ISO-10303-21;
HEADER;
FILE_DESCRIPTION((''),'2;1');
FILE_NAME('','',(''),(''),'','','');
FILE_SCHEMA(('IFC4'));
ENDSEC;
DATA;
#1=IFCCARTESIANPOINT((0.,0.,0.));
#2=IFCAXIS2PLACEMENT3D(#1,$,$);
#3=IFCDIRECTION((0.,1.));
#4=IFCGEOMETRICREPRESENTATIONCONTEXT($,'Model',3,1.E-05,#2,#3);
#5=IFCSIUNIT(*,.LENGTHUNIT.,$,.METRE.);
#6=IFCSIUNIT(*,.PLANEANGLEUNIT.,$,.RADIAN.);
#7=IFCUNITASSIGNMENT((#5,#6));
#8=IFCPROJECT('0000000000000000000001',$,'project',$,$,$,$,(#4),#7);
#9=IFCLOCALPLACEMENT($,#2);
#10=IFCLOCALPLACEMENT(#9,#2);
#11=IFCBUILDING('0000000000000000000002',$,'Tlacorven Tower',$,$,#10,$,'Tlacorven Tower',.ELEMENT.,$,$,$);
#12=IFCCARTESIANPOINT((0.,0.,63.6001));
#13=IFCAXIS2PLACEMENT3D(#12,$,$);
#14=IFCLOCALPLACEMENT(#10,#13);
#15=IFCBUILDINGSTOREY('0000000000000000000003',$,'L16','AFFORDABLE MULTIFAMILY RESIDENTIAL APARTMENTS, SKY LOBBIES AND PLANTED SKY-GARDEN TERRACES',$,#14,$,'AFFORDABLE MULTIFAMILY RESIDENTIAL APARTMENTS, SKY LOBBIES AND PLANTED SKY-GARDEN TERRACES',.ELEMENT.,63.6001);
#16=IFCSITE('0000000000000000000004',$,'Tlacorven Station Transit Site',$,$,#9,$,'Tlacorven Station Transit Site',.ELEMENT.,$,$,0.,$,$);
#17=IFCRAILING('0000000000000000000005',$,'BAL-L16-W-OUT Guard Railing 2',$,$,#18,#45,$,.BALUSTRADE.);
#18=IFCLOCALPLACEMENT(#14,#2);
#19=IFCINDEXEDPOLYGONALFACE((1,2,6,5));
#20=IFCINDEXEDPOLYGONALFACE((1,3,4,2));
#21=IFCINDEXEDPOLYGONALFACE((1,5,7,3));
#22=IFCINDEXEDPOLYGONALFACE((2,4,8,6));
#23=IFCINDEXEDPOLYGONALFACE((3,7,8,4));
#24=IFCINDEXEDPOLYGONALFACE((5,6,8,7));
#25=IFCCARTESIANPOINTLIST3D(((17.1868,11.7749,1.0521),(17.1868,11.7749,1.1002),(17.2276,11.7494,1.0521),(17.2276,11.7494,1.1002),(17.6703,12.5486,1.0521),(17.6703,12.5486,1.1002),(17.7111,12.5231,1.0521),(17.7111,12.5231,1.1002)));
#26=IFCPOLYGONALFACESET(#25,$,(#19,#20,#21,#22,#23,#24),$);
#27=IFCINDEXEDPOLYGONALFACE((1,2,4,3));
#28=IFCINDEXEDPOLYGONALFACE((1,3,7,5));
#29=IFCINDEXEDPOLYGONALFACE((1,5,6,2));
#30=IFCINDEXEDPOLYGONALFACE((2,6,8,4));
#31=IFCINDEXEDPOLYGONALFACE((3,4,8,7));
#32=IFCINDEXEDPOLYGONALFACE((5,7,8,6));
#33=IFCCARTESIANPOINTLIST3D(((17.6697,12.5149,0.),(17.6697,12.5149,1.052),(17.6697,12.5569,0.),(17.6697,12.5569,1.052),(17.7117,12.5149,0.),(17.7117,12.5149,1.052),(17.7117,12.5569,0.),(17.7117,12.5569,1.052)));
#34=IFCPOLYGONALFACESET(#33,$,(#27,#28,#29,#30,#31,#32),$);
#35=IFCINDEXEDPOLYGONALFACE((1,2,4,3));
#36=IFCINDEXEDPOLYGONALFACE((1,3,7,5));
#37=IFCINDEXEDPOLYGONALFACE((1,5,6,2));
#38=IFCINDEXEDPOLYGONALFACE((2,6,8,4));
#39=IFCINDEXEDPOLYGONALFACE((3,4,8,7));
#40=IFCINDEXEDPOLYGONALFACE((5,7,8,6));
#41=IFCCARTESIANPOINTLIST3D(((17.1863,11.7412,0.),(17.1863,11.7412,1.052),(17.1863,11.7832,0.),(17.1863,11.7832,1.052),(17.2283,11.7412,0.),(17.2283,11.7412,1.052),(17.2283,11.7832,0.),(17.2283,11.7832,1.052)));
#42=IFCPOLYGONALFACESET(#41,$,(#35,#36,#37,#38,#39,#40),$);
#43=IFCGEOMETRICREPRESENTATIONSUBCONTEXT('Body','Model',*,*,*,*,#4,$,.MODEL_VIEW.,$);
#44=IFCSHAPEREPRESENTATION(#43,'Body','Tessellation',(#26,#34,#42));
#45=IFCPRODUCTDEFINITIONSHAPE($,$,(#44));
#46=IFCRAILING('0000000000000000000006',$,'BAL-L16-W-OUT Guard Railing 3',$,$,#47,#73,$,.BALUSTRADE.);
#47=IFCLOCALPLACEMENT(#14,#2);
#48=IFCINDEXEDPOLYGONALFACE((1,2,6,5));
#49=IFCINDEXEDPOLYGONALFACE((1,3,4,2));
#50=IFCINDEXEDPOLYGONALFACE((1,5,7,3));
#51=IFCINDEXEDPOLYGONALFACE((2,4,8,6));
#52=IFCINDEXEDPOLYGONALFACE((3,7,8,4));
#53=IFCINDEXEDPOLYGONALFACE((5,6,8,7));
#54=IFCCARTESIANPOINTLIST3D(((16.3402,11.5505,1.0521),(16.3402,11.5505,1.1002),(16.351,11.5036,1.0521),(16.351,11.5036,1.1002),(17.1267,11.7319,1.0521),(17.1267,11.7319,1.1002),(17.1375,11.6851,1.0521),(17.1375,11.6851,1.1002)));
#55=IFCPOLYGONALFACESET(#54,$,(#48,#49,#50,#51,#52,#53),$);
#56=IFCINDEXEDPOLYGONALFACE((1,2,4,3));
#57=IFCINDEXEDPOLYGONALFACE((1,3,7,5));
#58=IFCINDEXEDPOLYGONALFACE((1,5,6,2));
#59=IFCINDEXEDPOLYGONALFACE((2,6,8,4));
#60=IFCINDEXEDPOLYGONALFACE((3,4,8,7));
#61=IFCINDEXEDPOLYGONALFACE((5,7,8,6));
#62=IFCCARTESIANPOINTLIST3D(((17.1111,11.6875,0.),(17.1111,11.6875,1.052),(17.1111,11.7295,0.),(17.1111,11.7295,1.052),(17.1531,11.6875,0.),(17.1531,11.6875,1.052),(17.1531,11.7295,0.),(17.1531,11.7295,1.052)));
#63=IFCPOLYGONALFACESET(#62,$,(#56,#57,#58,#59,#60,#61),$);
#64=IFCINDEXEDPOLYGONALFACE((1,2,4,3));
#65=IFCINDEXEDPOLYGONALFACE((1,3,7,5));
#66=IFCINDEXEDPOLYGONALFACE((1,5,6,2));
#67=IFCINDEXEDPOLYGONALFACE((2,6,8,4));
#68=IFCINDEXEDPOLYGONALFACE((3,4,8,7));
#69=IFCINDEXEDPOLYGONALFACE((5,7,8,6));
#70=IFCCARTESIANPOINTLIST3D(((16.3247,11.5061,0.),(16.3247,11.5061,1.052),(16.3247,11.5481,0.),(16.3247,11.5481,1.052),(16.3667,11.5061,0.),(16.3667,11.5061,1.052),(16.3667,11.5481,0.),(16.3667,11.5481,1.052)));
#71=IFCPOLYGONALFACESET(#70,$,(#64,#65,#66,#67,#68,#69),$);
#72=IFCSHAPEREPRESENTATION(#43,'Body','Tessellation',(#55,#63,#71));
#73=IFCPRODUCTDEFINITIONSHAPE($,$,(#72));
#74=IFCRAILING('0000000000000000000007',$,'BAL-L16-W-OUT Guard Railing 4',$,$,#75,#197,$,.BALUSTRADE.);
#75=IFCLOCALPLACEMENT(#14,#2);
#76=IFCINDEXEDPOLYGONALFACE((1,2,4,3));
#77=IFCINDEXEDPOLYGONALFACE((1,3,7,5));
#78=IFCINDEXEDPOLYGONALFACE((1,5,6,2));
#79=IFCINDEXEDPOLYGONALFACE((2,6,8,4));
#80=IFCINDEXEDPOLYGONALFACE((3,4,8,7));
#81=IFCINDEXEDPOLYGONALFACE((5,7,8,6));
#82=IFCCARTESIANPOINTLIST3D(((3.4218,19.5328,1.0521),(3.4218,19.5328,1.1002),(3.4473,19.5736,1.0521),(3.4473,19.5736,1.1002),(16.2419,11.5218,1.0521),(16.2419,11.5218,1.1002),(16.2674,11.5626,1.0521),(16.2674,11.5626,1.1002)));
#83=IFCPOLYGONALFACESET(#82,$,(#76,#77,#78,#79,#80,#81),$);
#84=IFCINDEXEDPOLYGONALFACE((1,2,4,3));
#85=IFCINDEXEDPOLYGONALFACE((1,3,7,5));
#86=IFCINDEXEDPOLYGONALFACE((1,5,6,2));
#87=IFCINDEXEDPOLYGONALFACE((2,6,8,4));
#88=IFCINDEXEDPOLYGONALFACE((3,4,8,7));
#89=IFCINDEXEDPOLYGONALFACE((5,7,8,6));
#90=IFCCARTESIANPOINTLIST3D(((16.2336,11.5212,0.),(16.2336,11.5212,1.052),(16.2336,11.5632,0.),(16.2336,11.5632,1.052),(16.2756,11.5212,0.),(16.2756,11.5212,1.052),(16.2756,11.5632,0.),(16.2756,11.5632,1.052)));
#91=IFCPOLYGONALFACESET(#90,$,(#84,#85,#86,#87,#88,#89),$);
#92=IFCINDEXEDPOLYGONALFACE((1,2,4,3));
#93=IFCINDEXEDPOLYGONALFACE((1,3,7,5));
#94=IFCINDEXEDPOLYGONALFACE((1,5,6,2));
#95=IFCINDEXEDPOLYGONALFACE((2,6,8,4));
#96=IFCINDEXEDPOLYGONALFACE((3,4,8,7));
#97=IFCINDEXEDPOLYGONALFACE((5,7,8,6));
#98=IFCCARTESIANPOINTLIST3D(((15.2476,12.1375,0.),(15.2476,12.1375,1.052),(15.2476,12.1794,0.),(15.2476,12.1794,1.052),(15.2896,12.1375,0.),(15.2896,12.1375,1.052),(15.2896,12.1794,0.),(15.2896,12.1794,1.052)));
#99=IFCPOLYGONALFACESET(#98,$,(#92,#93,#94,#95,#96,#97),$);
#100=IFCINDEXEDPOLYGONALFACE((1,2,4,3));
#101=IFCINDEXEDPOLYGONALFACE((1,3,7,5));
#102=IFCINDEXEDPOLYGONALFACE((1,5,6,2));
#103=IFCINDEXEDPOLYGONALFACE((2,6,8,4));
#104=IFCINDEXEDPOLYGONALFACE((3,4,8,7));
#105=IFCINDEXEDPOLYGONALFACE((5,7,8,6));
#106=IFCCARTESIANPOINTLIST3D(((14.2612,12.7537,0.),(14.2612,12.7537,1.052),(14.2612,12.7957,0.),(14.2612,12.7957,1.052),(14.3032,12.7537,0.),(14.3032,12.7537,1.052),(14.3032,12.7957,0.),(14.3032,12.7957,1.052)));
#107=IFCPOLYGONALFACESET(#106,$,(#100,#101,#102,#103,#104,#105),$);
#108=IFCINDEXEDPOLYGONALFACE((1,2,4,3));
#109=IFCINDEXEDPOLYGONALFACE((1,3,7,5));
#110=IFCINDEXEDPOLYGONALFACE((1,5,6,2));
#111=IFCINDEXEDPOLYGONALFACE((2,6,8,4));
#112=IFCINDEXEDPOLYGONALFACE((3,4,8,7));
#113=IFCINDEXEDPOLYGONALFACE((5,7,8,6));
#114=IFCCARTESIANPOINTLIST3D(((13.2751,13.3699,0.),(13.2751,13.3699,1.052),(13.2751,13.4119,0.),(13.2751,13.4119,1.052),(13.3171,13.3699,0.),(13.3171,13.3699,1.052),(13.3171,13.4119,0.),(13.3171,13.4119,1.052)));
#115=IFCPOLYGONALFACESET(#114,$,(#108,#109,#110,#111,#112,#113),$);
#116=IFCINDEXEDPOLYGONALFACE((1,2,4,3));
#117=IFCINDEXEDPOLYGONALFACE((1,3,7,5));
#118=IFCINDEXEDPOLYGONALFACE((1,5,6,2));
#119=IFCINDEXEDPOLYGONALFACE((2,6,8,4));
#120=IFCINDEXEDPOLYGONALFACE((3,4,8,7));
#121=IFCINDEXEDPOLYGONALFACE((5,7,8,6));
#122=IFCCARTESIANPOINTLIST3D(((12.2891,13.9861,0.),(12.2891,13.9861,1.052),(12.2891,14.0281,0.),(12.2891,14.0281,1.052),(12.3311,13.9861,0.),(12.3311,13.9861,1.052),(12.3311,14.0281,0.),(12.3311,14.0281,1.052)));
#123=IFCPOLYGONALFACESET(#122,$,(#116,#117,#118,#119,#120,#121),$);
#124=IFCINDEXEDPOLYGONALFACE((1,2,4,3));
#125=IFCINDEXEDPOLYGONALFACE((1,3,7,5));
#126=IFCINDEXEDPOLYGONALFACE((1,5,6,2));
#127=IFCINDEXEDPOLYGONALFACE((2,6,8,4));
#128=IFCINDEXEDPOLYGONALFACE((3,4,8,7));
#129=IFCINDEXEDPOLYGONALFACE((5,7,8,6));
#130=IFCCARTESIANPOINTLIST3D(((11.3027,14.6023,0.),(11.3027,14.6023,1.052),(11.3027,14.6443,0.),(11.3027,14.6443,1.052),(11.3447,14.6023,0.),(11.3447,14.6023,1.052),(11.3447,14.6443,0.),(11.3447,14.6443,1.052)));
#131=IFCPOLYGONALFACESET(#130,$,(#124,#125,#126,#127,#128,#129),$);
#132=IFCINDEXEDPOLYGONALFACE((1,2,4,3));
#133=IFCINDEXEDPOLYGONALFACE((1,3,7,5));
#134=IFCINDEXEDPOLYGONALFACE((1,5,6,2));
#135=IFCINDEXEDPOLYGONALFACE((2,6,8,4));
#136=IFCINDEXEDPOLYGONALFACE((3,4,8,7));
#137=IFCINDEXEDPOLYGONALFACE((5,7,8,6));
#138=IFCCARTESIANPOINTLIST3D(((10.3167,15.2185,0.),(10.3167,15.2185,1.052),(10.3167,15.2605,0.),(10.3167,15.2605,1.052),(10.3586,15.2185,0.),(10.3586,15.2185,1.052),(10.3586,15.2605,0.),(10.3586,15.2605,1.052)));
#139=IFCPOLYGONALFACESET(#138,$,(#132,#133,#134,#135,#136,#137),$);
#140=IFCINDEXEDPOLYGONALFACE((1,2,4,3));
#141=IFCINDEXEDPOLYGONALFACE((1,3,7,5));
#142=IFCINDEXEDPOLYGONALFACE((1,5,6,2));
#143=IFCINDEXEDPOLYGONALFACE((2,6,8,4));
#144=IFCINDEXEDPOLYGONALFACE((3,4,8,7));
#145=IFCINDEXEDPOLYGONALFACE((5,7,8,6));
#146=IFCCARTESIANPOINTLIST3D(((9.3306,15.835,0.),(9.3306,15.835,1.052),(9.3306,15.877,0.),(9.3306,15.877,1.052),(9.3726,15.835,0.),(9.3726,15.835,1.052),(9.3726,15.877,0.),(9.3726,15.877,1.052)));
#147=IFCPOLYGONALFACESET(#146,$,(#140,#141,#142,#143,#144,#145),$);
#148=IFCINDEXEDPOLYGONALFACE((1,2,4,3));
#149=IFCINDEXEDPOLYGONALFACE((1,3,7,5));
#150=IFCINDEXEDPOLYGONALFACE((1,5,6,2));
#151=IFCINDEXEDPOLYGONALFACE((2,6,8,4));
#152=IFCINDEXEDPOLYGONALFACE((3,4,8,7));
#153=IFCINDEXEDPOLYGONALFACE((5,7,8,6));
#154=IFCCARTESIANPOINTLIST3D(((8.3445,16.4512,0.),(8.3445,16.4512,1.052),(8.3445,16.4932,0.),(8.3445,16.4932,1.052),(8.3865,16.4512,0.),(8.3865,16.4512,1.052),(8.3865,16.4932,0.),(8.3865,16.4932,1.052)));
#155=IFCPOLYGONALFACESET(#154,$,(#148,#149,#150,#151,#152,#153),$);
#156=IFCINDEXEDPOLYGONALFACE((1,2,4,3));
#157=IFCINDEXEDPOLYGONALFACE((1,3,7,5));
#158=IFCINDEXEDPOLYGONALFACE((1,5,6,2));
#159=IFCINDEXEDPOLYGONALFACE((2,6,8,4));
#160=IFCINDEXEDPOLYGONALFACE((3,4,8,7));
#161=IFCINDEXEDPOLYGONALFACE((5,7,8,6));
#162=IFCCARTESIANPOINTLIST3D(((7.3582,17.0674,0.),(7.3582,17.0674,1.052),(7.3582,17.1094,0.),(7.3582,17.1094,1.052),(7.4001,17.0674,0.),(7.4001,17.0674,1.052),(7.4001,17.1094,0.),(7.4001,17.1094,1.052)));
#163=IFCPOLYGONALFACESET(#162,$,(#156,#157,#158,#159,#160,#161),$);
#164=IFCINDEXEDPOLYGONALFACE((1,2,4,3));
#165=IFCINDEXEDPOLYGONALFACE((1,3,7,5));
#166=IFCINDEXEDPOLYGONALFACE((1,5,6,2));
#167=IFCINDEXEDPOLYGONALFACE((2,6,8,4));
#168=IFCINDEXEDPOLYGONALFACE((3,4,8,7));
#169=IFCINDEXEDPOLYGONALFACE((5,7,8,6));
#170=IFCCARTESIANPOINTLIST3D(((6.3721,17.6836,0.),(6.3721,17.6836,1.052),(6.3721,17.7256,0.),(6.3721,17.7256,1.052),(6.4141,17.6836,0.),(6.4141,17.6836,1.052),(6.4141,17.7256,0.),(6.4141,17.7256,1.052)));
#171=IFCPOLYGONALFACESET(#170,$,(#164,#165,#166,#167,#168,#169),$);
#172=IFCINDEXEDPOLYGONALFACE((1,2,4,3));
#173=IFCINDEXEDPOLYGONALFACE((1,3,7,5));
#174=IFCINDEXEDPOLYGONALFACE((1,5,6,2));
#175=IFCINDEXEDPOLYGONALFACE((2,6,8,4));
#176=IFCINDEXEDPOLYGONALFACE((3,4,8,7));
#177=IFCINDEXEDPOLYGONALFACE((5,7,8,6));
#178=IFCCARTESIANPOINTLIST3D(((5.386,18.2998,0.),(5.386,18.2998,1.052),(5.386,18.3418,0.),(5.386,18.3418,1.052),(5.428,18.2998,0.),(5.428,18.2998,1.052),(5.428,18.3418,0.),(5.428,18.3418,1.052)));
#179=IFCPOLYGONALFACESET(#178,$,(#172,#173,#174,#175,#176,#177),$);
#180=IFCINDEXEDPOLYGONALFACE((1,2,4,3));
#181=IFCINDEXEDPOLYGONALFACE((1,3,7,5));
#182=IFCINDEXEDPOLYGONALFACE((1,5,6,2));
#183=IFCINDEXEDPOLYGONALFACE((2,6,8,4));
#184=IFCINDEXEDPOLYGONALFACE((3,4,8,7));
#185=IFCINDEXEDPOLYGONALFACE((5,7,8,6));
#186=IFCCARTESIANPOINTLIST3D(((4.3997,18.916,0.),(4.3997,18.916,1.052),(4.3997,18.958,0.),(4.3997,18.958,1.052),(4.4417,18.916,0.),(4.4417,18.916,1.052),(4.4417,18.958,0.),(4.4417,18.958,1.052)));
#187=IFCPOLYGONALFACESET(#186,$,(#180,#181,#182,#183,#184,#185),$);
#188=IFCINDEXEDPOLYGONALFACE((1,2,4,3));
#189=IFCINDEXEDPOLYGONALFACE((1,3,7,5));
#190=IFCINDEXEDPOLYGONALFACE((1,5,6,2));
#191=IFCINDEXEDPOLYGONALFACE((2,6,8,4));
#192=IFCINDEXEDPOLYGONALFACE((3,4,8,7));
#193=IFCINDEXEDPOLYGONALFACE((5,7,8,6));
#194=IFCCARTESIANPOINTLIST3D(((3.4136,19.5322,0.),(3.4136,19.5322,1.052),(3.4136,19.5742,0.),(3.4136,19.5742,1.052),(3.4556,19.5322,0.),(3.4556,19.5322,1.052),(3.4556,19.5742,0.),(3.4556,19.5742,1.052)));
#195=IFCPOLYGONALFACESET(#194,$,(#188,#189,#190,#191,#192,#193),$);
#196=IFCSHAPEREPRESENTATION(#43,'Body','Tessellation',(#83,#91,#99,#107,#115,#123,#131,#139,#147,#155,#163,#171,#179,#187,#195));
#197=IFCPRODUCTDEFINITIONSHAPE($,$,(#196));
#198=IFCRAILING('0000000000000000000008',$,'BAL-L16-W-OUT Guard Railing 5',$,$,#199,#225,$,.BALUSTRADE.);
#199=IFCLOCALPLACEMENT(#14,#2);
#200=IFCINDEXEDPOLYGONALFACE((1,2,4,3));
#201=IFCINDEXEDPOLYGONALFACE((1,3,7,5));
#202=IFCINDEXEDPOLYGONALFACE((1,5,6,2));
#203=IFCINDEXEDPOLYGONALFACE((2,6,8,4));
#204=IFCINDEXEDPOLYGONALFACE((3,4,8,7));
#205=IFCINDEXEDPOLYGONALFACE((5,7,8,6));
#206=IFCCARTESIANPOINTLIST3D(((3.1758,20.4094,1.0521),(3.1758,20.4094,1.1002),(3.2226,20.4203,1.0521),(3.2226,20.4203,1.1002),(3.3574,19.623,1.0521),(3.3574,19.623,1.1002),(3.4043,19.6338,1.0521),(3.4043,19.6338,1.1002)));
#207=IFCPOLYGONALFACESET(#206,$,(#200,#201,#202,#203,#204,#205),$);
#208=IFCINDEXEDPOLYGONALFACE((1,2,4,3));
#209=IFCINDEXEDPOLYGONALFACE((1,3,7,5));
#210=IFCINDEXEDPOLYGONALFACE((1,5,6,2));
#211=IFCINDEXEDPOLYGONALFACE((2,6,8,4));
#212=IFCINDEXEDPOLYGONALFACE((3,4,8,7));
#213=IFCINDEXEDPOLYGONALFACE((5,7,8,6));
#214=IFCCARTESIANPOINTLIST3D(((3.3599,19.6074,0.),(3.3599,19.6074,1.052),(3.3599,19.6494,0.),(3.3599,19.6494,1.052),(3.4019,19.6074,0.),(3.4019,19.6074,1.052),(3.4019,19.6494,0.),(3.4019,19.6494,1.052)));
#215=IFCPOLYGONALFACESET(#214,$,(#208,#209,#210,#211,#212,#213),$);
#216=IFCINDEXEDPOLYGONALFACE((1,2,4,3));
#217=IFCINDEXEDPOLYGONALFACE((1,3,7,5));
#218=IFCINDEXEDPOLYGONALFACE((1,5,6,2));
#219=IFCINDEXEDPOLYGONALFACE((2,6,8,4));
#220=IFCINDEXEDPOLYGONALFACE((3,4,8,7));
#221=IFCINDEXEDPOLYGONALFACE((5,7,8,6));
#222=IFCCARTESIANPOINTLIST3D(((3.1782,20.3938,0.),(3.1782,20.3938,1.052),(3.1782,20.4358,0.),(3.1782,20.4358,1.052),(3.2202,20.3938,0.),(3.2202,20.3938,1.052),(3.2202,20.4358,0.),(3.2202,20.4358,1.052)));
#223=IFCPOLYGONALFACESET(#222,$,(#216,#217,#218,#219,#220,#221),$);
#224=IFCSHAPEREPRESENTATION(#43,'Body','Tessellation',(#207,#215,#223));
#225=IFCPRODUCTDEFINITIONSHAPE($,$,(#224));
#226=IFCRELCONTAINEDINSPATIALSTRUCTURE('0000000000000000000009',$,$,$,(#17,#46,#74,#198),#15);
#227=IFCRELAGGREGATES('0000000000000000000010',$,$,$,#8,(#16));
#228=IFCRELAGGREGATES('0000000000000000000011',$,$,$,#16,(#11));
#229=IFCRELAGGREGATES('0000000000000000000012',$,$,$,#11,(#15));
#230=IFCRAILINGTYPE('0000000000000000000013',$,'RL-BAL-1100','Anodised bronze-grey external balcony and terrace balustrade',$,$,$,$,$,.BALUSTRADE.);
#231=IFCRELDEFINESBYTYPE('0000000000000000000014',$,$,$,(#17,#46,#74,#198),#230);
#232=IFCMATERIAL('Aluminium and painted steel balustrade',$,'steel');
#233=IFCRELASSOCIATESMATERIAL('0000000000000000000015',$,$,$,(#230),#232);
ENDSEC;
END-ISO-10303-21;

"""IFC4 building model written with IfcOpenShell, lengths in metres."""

from ifc_helpers import new_model, si_unit, direction, frame, origin, origin_2d, place, context, subcontext, project, spatial, rectangle, extrude, source, transform, mapped, material, type_object, element, save


model = new_model("IFC4")

# Units and contexts
model_context = context("Model", 3, precision=1e-05, world=origin(), true_north=direction((0.0, 1.0)))
body_context = subcontext(model_context, "Body", "Model", "MODEL_VIEW")
ifc_project = project(units=[si_unit("LENGTHUNIT", "METRE"), si_unit("PLANEANGLEUNIT", "RADIAN")], contexts=[model_context])

# Site, building, storey
site_placement = place(None, origin())
site = spatial("IfcSite", under=ifc_project, at=site_placement, Name="Tlacorven Station Transit Site", LongName="Tlacorven Station Transit Site", CompositionType="ELEMENT", RefElevation=0.0)
building_placement = place(site_placement, origin())
building = spatial("IfcBuilding", under=site, at=building_placement, Name="Tlacorven Tower", LongName="Tlacorven Tower", CompositionType="ELEMENT")
storey_placement = place(building_placement, frame((0.0, 0.0, 63.6001)))
storey = spatial("IfcBuildingStorey", under=building, at=storey_placement, Name="L16", Description="AFFORDABLE MULTIFAMILY RESIDENTIAL APARTMENTS, SKY LOBBIES AND PLANTED SKY-GARDEN TERRACES", LongName="AFFORDABLE MULTIFAMILY RESIDENTIAL APARTMENTS, SKY LOBBIES AND PLANTED SKY-GARDEN TERRACES", CompositionType="ELEMENT", Elevation=63.6001)

# Railings
ifc_material_1 = material(Name="Aluminium and painted steel balustrade", Category="steel")
railing_type = type_object("IfcRailingType", Name="RL-BAL-1100", Description="Anodised bronze-grey external balcony and terrace balustrade", PredefinedType="BALUSTRADE", material=ifc_material_1)
shared_shape_1 = source(origin(), body_context, "Body", "SweptSolid", [
    extrude(rectangle(XDim=0.0481, YDim=0.0481, at=origin_2d()), frame((0.0, 0.0, 1.0762), z_axis=(-0.529879, -0.848073, 0.0), x_axis=(0.848073, -0.529879, 0.0)), (0.0, 0.0, 1.0), 0.9124),
    extrude(rectangle(XDim=0.042, YDim=0.042, at=origin_2d()), origin(), (0.0, 0.0, 1.0), 1.052),
    extrude(rectangle(XDim=0.042, YDim=0.042, at=origin_2d()), frame((-0.4834, -0.7737, 0.0)), (0.0, 0.0, 1.0), 1.052),
])
railing_1_placement = place(storey_placement, frame((17.6907, 12.5359, 0.0)))
element("IfcRailing", 1, at=railing_1_placement, inside=storey, type_object=railing_type, Name="BAL-L16-W-OUT Guard Railing 2", PredefinedType="BALUSTRADE", context=body_context, shape_type="MappedRepresentation", body=[
    mapped(shared_shape_1, transform((0.0, 0.0, 0.0), scale=1.0)),
])
shared_shape_2 = source(origin(), body_context, "Body", "SweptSolid", [
    extrude(rectangle(XDim=0.0481, YDim=0.0481, at=origin_2d()), frame((0.0, 0.0, 1.0762), z_axis=(-0.974412, -0.224771, 0.0), x_axis=(0.224771, -0.974412, 0.0)), (0.0, 0.0, 1.0), 0.8071),
    extrude(rectangle(XDim=0.042, YDim=0.042, at=origin_2d()), origin(), (0.0, 0.0, 1.0), 1.052),
    extrude(rectangle(XDim=0.042, YDim=0.042, at=origin_2d()), frame((-0.7864, -0.1814, 0.0)), (0.0, 0.0, 1.0), 1.052),
])
railing_2_placement = place(storey_placement, frame((17.1321, 11.7085, 0.0)))
element("IfcRailing", 2, at=railing_2_placement, inside=storey, type_object=railing_type, Name="BAL-L16-W-OUT Guard Railing 3", PredefinedType="BALUSTRADE", context=body_context, shape_type="MappedRepresentation", body=[
    mapped(shared_shape_2, transform((0.0, 0.0, 0.0), scale=1.0)),
])
shared_shape_3 = source(origin(), body_context, "Body", "SweptSolid", [
    extrude(rectangle(XDim=0.0481, YDim=0.0481, at=origin_2d()), frame((0.0, 0.0, 1.0762), z_axis=(-0.848045, 0.529925, 0.0), x_axis=(-0.529925, -0.848045, 0.0)), (0.0, 0.0, 1.0), 15.1172),
    extrude(rectangle(XDim=0.042, YDim=0.042, at=origin_2d()), origin(), (0.0, 0.0, 1.0), 1.052),
    extrude(rectangle(XDim=0.042, YDim=0.042, at=origin_2d()), frame((-0.9861, 0.6162, 0.0)), (0.0, 0.0, 1.0), 1.052),
    extrude(rectangle(XDim=0.042, YDim=0.042, at=origin_2d()), frame((-1.9724, 1.2324, 0.0)), (0.0, 0.0, 1.0), 1.052),
    extrude(rectangle(XDim=0.042, YDim=0.042, at=origin_2d()), frame((-2.9585, 1.8486, 0.0)), (0.0, 0.0, 1.0), 1.052),
    extrude(rectangle(XDim=0.042, YDim=0.042, at=origin_2d()), frame((-3.9446, 2.4648, 0.0)), (0.0, 0.0, 1.0), 1.052),
    extrude(rectangle(XDim=0.042, YDim=0.042, at=origin_2d()), frame((-4.9309, 3.0811, 0.0)), (0.0, 0.0, 1.0), 1.052),
    extrude(rectangle(XDim=0.042, YDim=0.042, at=origin_2d()), frame((-5.917, 3.6973, 0.0)), (0.0, 0.0, 1.0), 1.052),
    extrude(rectangle(XDim=0.042, YDim=0.042, at=origin_2d()), frame((-6.9031, 4.3137, 0.0)), (0.0, 0.0, 1.0), 1.052),
    extrude(rectangle(XDim=0.042, YDim=0.042, at=origin_2d()), frame((-7.8892, 4.9299, 0.0)), (0.0, 0.0, 1.0), 1.052),
    extrude(rectangle(XDim=0.042, YDim=0.042, at=origin_2d()), frame((-8.8755, 5.5461, 0.0)), (0.0, 0.0, 1.0), 1.052),
    extrude(rectangle(XDim=0.042, YDim=0.042, at=origin_2d()), frame((-9.8616, 6.1624, 0.0)), (0.0, 0.0, 1.0), 1.052),
    extrude(rectangle(XDim=0.042, YDim=0.042, at=origin_2d()), frame((-10.8477, 6.7786, 0.0)), (0.0, 0.0, 1.0), 1.052),
    extrude(rectangle(XDim=0.042, YDim=0.042, at=origin_2d()), frame((-11.834, 7.3948, 0.0)), (0.0, 0.0, 1.0), 1.052),
    extrude(rectangle(XDim=0.042, YDim=0.042, at=origin_2d()), frame((-12.8201, 8.011, 0.0)), (0.0, 0.0, 1.0), 1.052),
])
railing_3_placement = place(storey_placement, frame((16.2546, 11.5422, 0.0)))
element("IfcRailing", 3, at=railing_3_placement, inside=storey, type_object=railing_type, Name="BAL-L16-W-OUT Guard Railing 4", PredefinedType="BALUSTRADE", context=body_context, shape_type="MappedRepresentation", body=[
    mapped(shared_shape_3, transform((0.0, 0.0, 0.0), scale=1.0)),
])
shared_shape_4 = source(origin(), body_context, "Body", "SweptSolid", [
    extrude(rectangle(XDim=0.0481, YDim=0.0481, at=origin_2d()), frame((0.0, 0.0, 1.0762), z_axis=(-0.225058, 0.974345, 0.0), x_axis=(-0.974345, -0.225058, 0.0)), (0.0, 0.0, 1.0), 0.8071),
    extrude(rectangle(XDim=0.042, YDim=0.042, at=origin_2d()), origin(), (0.0, 0.0, 1.0), 1.052),
    extrude(rectangle(XDim=0.042, YDim=0.042, at=origin_2d()), frame((-0.1816, 0.7864, 0.0)), (0.0, 0.0, 1.0), 1.052),
])
railing_4_placement = place(storey_placement, frame((3.3809, 19.6284, 0.0)))
element("IfcRailing", 4, at=railing_4_placement, inside=storey, type_object=railing_type, Name="BAL-L16-W-OUT Guard Railing 5", PredefinedType="BALUSTRADE", context=body_context, shape_type="MappedRepresentation", body=[
    mapped(shared_shape_4, transform((0.0, 0.0, 0.0), scale=1.0)),
])

save(model, "model.ifc")
